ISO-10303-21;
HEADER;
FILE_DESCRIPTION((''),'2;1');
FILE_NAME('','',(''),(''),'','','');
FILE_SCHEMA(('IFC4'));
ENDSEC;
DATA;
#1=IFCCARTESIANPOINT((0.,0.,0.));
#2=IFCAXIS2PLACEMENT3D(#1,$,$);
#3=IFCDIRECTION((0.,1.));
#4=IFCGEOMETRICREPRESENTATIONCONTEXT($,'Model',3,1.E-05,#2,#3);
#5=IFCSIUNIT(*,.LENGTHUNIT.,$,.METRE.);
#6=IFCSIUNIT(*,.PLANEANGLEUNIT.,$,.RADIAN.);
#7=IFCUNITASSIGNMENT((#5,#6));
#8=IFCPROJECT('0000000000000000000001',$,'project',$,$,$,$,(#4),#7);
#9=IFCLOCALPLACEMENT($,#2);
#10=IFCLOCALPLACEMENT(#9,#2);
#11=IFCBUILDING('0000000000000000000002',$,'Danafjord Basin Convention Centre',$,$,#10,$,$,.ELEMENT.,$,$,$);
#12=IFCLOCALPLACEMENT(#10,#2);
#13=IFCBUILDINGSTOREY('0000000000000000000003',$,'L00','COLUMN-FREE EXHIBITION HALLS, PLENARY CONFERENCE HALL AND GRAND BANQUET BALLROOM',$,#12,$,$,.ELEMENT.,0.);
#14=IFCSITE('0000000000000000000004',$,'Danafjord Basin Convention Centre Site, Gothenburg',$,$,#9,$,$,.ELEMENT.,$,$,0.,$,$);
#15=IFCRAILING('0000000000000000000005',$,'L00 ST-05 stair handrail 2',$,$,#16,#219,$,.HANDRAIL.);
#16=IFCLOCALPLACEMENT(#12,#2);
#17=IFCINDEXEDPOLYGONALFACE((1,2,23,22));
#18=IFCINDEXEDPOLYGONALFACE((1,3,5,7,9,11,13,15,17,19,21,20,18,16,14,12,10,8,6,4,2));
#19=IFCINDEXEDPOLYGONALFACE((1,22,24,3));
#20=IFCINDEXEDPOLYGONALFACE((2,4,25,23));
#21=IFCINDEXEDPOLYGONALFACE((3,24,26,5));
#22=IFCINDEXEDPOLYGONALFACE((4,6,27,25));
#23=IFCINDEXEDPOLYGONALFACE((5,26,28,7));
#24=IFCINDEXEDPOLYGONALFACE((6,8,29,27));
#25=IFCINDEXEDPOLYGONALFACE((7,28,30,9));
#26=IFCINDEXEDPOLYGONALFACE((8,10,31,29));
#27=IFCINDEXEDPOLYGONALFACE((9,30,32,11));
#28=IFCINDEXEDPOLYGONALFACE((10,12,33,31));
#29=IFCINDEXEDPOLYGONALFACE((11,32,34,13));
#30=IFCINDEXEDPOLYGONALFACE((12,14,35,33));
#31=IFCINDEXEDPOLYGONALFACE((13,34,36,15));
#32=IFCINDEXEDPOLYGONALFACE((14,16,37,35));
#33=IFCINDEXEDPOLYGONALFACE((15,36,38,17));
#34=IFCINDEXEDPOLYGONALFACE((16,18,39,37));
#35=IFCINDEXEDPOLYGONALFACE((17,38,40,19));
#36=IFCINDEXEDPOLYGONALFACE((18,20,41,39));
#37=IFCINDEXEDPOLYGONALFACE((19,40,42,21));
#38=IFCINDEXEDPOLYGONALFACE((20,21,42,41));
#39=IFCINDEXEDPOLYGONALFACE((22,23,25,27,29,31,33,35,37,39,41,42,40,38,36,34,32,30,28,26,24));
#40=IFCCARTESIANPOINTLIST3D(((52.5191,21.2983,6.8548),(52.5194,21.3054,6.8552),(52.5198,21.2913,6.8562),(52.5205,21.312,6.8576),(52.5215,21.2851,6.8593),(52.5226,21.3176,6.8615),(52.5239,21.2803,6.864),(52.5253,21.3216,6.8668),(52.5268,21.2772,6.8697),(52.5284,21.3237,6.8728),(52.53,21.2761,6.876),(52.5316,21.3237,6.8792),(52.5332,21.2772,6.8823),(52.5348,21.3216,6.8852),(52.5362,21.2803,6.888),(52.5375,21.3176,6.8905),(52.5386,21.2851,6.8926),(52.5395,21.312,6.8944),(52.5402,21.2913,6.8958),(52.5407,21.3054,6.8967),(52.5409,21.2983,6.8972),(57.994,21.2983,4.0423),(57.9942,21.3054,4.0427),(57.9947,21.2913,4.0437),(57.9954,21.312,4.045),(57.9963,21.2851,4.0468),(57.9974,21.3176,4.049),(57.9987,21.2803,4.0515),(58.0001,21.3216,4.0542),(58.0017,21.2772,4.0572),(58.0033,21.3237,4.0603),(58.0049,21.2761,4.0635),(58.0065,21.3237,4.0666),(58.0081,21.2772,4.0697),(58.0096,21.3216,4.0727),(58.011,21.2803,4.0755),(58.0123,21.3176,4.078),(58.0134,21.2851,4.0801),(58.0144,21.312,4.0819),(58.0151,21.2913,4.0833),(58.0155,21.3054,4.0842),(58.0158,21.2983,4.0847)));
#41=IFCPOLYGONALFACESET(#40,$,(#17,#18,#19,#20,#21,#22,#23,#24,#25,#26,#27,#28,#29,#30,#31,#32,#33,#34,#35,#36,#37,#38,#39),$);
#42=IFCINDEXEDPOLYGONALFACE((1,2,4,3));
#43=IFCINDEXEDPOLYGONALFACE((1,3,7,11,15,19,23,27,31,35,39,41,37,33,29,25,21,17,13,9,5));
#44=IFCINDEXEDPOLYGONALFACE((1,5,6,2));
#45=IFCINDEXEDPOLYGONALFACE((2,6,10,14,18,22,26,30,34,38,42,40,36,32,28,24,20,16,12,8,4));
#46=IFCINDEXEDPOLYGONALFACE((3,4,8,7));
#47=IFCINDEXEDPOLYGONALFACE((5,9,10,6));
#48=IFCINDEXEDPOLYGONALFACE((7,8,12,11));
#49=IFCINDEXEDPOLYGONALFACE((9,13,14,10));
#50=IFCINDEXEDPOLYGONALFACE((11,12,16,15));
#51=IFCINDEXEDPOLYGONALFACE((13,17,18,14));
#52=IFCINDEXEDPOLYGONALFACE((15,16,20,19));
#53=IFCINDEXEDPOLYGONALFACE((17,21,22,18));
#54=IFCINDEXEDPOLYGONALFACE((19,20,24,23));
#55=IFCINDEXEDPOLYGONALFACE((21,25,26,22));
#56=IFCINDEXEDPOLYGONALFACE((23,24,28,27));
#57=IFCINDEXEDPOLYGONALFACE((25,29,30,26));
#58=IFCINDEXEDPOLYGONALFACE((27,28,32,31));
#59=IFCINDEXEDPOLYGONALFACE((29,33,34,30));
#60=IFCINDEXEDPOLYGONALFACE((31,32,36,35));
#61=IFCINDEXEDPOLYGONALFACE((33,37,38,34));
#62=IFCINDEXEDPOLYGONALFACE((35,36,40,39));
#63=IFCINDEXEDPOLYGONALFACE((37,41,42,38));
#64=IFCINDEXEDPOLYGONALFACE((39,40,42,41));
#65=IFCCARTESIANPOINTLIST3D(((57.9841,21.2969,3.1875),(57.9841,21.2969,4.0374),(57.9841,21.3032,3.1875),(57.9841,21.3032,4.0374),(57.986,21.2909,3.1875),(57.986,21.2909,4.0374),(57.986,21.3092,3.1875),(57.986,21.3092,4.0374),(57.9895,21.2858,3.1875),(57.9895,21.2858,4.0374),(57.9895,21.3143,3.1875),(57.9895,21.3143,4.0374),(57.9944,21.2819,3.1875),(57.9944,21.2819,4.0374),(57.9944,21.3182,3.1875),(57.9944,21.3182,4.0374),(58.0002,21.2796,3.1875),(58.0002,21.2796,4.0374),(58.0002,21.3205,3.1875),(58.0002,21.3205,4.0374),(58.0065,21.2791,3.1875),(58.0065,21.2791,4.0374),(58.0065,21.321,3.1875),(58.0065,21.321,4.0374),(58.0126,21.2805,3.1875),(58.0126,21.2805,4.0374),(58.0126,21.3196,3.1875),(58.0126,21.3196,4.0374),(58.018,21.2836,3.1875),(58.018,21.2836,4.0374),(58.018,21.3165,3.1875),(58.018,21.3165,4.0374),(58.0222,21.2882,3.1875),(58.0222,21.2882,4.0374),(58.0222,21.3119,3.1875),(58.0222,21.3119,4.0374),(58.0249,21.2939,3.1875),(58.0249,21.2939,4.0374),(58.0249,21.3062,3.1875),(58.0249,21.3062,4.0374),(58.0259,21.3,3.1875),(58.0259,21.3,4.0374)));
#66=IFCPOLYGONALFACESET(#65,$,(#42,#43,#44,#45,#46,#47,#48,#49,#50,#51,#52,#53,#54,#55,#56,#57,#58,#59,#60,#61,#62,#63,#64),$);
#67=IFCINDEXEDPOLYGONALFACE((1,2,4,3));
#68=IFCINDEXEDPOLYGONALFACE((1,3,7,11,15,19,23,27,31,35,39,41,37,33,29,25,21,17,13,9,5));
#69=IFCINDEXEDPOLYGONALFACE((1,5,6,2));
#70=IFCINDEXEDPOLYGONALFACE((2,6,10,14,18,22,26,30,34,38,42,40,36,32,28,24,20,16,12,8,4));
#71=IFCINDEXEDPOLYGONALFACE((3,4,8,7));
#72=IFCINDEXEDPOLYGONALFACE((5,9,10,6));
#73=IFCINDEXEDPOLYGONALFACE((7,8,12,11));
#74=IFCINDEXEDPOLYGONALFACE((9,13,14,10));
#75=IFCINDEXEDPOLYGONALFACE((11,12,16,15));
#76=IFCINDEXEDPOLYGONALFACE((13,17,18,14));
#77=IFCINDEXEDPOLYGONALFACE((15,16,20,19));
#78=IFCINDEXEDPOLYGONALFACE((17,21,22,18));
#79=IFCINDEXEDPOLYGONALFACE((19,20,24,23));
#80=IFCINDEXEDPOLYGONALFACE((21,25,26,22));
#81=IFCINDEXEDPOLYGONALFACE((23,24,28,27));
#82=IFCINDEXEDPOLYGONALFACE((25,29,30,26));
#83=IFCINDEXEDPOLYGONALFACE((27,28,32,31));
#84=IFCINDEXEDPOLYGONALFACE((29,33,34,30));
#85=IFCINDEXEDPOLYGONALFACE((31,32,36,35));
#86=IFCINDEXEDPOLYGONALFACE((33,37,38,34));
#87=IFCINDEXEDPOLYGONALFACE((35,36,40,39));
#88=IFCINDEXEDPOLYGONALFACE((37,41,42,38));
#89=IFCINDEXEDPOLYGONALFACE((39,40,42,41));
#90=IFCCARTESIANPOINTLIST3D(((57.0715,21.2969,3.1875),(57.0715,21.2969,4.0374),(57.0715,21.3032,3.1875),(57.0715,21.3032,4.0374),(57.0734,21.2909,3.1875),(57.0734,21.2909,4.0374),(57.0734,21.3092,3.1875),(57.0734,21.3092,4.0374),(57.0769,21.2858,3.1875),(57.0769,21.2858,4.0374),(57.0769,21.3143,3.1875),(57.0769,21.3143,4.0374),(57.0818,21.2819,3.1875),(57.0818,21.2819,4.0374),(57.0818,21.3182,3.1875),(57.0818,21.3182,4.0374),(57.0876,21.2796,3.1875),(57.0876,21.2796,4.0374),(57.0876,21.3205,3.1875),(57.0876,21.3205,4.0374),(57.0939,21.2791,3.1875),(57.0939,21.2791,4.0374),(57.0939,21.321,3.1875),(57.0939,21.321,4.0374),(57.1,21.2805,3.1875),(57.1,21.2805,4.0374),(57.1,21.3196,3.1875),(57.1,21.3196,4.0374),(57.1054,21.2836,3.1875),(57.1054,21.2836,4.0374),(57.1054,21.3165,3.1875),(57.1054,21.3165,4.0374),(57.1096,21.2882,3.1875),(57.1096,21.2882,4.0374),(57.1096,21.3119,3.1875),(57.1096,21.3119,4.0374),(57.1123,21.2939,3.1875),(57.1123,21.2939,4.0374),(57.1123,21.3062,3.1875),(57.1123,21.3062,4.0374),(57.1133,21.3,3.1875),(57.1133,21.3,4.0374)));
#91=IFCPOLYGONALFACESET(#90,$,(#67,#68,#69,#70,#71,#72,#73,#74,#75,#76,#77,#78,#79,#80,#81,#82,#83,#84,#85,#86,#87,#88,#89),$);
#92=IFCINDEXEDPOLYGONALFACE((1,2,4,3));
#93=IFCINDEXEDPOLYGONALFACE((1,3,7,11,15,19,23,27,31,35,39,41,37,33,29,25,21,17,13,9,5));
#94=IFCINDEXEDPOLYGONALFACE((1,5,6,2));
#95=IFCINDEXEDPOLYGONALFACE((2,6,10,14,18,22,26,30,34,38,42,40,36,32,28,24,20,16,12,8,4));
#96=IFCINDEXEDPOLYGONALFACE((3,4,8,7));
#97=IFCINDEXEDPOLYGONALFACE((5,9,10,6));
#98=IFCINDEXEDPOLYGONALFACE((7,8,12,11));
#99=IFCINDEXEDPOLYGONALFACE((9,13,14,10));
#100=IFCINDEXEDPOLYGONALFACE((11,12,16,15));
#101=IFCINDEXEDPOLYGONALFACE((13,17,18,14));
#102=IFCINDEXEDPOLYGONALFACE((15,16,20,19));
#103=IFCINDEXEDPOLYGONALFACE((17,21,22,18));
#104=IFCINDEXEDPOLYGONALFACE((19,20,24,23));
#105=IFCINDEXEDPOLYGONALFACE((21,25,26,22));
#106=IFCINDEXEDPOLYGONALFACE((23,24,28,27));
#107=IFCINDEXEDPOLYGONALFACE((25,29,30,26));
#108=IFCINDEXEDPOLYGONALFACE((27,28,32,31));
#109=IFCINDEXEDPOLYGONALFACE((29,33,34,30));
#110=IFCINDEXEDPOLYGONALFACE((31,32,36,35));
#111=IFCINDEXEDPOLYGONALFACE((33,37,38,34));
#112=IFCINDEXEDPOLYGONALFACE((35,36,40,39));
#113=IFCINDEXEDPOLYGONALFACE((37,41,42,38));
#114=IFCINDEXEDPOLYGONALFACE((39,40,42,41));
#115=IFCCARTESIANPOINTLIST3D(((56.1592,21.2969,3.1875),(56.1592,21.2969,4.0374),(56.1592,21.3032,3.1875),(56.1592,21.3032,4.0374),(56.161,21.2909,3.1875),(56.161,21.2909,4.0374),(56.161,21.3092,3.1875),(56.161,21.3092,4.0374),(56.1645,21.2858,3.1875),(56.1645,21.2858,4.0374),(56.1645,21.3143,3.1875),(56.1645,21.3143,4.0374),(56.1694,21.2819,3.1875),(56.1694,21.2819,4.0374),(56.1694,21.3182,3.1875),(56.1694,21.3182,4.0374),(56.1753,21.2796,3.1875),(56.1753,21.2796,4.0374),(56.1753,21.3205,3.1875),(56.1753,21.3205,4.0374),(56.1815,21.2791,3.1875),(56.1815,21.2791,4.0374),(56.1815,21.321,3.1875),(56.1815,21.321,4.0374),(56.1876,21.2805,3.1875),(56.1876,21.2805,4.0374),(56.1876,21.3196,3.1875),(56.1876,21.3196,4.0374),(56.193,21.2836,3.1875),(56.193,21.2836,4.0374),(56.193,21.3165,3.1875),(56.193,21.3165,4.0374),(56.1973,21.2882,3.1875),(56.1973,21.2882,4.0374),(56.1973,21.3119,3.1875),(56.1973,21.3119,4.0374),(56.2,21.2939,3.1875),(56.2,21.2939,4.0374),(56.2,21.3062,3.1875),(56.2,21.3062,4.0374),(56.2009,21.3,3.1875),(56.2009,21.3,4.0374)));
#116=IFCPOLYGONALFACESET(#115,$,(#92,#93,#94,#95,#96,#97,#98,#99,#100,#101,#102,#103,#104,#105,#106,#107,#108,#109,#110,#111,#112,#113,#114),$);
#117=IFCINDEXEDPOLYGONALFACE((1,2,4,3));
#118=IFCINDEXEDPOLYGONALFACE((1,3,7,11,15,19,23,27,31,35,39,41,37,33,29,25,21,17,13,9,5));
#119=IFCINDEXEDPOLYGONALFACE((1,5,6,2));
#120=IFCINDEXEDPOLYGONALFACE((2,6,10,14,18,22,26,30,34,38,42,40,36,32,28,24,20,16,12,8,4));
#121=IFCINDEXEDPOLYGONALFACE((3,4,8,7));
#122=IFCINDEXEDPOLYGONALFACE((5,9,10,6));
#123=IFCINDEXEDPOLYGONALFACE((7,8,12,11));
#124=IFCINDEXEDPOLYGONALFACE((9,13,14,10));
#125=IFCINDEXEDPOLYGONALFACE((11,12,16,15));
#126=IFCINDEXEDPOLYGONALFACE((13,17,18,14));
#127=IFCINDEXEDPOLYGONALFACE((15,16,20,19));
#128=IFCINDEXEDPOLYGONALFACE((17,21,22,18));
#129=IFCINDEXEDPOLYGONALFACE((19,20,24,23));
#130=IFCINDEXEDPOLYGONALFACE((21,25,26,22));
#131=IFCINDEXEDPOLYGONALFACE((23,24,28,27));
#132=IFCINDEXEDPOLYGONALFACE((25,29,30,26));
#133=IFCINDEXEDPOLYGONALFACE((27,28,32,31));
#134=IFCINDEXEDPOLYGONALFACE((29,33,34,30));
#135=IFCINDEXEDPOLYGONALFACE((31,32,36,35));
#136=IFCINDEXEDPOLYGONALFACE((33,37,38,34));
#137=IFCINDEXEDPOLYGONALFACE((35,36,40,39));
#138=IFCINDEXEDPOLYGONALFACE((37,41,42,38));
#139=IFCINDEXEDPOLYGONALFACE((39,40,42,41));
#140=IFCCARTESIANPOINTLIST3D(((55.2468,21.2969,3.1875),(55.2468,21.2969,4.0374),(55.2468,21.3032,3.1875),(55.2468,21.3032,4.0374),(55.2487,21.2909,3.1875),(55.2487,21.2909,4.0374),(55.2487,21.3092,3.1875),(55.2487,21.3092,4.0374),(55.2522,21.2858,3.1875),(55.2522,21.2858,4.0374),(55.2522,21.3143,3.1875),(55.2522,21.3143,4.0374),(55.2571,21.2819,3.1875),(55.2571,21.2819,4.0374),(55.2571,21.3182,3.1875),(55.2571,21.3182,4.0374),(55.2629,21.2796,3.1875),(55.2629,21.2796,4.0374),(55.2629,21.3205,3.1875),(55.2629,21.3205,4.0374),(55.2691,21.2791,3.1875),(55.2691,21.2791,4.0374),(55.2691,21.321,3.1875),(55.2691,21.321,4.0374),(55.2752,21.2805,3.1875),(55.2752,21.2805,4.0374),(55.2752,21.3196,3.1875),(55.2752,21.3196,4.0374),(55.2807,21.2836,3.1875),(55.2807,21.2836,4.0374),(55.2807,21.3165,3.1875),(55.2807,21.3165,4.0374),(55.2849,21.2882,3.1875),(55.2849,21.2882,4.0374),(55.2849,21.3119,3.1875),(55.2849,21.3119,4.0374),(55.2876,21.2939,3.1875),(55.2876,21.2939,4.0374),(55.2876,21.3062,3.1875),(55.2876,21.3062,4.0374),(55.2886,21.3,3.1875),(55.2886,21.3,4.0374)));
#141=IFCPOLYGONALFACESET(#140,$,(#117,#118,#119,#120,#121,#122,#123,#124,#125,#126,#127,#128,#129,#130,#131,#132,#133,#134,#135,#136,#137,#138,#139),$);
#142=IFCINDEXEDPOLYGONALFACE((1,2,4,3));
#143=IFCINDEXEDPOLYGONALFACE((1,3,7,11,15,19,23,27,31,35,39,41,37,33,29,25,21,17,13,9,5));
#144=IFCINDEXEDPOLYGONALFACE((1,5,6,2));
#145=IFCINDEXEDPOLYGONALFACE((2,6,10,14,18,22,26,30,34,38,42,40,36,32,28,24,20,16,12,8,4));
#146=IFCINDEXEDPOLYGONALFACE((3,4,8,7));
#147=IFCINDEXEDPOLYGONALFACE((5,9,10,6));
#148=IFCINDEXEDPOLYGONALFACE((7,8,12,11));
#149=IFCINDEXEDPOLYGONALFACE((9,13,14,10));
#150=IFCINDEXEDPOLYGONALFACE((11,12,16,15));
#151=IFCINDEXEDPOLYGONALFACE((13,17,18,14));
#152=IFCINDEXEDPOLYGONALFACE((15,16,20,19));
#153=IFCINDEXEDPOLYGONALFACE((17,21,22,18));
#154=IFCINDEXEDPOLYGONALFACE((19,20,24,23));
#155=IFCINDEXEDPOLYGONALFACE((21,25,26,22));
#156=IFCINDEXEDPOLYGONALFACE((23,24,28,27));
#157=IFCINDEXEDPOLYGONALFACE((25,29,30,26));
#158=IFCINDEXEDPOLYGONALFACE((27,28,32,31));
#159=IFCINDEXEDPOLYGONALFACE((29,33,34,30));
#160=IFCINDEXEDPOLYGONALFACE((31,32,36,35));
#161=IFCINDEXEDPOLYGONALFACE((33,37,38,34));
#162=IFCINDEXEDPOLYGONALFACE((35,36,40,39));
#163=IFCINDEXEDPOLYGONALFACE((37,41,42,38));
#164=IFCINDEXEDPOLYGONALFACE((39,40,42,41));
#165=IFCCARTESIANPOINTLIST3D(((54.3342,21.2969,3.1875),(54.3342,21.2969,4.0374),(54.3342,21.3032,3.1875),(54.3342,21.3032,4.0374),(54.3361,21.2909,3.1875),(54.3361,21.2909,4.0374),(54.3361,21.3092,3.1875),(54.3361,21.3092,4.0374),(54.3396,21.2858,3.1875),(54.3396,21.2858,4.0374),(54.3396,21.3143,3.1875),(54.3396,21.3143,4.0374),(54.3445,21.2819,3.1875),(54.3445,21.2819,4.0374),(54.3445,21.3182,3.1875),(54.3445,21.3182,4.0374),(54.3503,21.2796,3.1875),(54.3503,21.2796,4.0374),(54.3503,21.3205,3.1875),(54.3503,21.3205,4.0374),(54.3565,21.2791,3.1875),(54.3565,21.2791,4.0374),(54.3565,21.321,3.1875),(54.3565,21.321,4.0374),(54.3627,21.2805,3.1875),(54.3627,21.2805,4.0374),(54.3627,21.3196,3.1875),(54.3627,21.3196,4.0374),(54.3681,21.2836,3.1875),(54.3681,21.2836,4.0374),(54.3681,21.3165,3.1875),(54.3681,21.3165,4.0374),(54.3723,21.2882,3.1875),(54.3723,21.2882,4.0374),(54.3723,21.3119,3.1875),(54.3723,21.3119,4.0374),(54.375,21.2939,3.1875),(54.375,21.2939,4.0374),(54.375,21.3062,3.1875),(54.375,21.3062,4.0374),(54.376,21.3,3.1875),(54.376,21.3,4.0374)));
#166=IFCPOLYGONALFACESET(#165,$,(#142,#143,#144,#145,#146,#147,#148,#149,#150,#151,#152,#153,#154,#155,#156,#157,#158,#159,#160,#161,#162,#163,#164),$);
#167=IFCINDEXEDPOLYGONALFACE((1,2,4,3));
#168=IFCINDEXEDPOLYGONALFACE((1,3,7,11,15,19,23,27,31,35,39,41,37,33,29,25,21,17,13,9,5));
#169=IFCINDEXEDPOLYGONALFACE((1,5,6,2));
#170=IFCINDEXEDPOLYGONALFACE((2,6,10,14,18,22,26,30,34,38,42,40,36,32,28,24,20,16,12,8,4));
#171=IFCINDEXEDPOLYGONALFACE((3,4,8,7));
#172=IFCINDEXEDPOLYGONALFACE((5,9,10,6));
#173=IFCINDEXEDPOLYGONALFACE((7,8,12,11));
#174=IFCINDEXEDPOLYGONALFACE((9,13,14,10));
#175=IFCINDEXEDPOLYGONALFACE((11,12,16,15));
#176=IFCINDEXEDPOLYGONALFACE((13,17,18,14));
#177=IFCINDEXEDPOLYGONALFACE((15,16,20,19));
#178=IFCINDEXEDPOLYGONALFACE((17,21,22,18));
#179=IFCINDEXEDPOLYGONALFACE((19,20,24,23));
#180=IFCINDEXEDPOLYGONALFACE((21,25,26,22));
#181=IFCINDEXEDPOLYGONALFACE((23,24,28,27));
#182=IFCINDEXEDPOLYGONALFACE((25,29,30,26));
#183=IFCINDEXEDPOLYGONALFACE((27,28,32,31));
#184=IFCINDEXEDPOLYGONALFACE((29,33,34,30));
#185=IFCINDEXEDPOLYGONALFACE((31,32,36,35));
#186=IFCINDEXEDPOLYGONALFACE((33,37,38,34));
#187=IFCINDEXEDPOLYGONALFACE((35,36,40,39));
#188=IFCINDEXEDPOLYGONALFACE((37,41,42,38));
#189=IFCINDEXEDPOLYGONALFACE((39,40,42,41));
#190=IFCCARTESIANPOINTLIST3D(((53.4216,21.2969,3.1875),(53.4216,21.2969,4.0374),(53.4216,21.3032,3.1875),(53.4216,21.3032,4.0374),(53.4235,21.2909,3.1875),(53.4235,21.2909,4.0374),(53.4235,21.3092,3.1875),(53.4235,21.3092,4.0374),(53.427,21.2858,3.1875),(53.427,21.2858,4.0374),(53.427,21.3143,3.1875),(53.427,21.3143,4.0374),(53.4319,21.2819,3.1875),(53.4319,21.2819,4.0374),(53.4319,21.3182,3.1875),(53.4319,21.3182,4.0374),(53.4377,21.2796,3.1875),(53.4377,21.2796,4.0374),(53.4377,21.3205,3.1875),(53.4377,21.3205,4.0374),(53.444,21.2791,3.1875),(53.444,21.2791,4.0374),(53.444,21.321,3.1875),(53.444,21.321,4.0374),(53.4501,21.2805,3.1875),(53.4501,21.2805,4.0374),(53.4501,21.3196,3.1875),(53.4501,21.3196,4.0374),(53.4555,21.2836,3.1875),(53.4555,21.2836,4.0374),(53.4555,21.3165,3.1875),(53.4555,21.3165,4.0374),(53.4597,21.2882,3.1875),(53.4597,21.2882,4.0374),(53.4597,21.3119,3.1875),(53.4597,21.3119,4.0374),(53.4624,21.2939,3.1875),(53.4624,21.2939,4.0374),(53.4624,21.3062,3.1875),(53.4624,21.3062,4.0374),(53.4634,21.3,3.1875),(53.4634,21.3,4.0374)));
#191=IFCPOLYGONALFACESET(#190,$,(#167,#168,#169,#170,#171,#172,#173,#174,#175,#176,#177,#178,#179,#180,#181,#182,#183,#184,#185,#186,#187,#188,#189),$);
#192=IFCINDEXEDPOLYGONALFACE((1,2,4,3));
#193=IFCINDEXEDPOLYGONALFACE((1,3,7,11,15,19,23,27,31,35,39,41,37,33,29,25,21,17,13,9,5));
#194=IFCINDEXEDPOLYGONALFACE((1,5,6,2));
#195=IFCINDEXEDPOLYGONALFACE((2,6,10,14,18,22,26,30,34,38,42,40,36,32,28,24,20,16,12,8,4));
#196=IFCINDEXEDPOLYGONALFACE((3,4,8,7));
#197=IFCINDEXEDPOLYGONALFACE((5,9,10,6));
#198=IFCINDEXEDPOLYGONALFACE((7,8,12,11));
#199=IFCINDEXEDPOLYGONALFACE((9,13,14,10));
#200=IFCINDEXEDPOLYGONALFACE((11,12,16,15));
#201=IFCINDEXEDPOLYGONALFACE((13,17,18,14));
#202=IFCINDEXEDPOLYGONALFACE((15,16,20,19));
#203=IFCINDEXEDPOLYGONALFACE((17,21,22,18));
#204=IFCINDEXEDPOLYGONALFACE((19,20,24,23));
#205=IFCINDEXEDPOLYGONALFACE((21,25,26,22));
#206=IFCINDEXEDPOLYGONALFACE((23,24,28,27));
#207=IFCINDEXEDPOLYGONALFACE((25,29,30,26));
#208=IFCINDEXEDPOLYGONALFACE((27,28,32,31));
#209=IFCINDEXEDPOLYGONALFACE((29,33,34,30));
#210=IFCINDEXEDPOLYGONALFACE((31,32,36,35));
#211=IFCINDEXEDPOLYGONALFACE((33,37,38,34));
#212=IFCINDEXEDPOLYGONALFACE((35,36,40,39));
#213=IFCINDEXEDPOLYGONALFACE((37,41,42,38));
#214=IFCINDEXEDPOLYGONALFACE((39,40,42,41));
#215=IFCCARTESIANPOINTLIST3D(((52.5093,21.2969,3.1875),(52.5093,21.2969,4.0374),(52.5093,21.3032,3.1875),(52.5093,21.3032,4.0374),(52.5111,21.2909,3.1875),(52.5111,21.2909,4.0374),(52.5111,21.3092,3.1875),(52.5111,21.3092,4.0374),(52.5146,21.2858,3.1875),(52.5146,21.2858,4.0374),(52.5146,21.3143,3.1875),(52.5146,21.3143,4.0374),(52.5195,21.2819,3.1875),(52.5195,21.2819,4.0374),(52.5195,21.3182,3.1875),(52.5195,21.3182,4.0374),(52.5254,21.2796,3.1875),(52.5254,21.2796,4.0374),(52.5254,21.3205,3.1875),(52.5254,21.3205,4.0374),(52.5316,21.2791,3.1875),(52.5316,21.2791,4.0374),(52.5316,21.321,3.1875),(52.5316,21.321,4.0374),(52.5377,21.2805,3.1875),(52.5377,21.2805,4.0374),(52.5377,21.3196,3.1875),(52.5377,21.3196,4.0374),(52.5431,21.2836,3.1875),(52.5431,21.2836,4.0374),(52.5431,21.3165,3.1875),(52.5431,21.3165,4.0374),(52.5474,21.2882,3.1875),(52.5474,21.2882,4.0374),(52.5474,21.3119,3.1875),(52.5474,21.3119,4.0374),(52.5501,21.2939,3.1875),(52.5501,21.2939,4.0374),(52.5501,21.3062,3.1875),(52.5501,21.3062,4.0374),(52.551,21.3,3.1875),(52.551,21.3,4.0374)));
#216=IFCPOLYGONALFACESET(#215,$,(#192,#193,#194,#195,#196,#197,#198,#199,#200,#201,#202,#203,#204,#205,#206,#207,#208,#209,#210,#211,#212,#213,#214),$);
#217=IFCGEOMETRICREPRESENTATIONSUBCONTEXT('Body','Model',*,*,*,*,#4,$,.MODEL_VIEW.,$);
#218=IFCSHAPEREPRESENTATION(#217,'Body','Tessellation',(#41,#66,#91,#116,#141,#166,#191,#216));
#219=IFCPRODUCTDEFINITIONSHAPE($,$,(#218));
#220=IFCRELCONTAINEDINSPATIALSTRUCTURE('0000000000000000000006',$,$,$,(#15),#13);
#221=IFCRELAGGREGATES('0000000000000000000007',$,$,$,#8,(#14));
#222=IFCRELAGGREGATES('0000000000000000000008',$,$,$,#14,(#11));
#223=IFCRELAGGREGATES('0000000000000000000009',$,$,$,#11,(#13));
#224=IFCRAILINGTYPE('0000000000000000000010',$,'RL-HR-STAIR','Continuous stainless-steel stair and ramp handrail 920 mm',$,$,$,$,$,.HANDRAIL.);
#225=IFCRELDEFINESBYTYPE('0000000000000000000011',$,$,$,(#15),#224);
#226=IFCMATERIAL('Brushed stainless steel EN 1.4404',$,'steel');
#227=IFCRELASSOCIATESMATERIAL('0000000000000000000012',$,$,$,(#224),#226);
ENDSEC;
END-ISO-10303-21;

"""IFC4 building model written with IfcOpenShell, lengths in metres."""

from ifc_helpers import new_model, si_unit, direction, frame, origin, origin_2d, place, context, subcontext, project, spatial, circle, extrude, material, type_object, element, save


model = new_model("IFC4")

# Units and contexts
model_context = context("Model", 3, precision=1e-05, world=origin(), true_north=direction((0.0, 1.0)))
body_context = subcontext(model_context, "Body", "Model", "MODEL_VIEW")
ifc_project = project(units=[si_unit("LENGTHUNIT", "METRE"), si_unit("PLANEANGLEUNIT", "RADIAN")], contexts=[model_context])

# Site, building, storey
site_placement = place(None, origin())
site = spatial("IfcSite", under=ifc_project, at=site_placement, Name="Danafjord Basin Convention Centre Site, Gothenburg", CompositionType="ELEMENT", RefElevation=0.0)
building_placement = place(site_placement, origin())
building = spatial("IfcBuilding", under=site, at=building_placement, Name="Danafjord Basin Convention Centre", CompositionType="ELEMENT")
storey_placement = place(building_placement, origin())
storey = spatial("IfcBuildingStorey", under=building, at=storey_placement, Name="L00", Description="COLUMN-FREE EXHIBITION HALLS, PLENARY CONFERENCE HALL AND GRAND BANQUET BALLROOM", CompositionType="ELEMENT", Elevation=0.0)

# Railing
ifc_material_1 = material(Name="Brushed stainless steel EN 1.4404", Category="steel")
railing_type_1 = type_object("IfcRailingType", Name="RL-HR-STAIR", Description="Continuous stainless-steel stair and ramp handrail 920 mm", PredefinedType="HANDRAIL", material=ifc_material_1)
railing_1_placement = place(storey_placement, frame((58.0049, 21.3, 3.1875)))
element("IfcRailing", 1, at=railing_1_placement, inside=storey, type_object=railing_type_1, Name="L00 ST-05 stair handrail 2", PredefinedType="HANDRAIL", context=body_context, shape_type="SweptSolid", body=[
    extrude(circle(Radius=0.0239, at=origin_2d()), frame((0.0, 0.0, 0.876), z_axis=(-0.889495, 0.0, 0.456945), x_axis=(0.0, -1.0, 0.0)), (0.0, 0.0, 1.0), 6.155),
    extrude(circle(Radius=0.021, at=origin_2d()), origin(), (0.0, 0.0, 1.0), 0.8499),
    extrude(circle(Radius=0.021, at=origin_2d()), frame((-0.9126, 0.0, 0.0)), (0.0, 0.0, 1.0), 0.8499),
    extrude(circle(Radius=0.021, at=origin_2d()), frame((-1.825, 0.0, 0.0)), (0.0, 0.0, 1.0), 0.8499),
    extrude(circle(Radius=0.021, at=origin_2d()), frame((-2.7373, 0.0, 0.0)), (0.0, 0.0, 1.0), 0.8499),
    extrude(circle(Radius=0.021, at=origin_2d()), frame((-3.6499, 0.0, 0.0)), (0.0, 0.0, 1.0), 0.8499),
    extrude(circle(Radius=0.021, at=origin_2d()), frame((-4.5625, 0.0, 0.0)), (0.0, 0.0, 1.0), 0.8499),
    extrude(circle(Radius=0.021, at=origin_2d()), frame((-5.4749, 0.0, 0.0)), (0.0, 0.0, 1.0), 0.8499),
])

save(model, "model.ifc")
